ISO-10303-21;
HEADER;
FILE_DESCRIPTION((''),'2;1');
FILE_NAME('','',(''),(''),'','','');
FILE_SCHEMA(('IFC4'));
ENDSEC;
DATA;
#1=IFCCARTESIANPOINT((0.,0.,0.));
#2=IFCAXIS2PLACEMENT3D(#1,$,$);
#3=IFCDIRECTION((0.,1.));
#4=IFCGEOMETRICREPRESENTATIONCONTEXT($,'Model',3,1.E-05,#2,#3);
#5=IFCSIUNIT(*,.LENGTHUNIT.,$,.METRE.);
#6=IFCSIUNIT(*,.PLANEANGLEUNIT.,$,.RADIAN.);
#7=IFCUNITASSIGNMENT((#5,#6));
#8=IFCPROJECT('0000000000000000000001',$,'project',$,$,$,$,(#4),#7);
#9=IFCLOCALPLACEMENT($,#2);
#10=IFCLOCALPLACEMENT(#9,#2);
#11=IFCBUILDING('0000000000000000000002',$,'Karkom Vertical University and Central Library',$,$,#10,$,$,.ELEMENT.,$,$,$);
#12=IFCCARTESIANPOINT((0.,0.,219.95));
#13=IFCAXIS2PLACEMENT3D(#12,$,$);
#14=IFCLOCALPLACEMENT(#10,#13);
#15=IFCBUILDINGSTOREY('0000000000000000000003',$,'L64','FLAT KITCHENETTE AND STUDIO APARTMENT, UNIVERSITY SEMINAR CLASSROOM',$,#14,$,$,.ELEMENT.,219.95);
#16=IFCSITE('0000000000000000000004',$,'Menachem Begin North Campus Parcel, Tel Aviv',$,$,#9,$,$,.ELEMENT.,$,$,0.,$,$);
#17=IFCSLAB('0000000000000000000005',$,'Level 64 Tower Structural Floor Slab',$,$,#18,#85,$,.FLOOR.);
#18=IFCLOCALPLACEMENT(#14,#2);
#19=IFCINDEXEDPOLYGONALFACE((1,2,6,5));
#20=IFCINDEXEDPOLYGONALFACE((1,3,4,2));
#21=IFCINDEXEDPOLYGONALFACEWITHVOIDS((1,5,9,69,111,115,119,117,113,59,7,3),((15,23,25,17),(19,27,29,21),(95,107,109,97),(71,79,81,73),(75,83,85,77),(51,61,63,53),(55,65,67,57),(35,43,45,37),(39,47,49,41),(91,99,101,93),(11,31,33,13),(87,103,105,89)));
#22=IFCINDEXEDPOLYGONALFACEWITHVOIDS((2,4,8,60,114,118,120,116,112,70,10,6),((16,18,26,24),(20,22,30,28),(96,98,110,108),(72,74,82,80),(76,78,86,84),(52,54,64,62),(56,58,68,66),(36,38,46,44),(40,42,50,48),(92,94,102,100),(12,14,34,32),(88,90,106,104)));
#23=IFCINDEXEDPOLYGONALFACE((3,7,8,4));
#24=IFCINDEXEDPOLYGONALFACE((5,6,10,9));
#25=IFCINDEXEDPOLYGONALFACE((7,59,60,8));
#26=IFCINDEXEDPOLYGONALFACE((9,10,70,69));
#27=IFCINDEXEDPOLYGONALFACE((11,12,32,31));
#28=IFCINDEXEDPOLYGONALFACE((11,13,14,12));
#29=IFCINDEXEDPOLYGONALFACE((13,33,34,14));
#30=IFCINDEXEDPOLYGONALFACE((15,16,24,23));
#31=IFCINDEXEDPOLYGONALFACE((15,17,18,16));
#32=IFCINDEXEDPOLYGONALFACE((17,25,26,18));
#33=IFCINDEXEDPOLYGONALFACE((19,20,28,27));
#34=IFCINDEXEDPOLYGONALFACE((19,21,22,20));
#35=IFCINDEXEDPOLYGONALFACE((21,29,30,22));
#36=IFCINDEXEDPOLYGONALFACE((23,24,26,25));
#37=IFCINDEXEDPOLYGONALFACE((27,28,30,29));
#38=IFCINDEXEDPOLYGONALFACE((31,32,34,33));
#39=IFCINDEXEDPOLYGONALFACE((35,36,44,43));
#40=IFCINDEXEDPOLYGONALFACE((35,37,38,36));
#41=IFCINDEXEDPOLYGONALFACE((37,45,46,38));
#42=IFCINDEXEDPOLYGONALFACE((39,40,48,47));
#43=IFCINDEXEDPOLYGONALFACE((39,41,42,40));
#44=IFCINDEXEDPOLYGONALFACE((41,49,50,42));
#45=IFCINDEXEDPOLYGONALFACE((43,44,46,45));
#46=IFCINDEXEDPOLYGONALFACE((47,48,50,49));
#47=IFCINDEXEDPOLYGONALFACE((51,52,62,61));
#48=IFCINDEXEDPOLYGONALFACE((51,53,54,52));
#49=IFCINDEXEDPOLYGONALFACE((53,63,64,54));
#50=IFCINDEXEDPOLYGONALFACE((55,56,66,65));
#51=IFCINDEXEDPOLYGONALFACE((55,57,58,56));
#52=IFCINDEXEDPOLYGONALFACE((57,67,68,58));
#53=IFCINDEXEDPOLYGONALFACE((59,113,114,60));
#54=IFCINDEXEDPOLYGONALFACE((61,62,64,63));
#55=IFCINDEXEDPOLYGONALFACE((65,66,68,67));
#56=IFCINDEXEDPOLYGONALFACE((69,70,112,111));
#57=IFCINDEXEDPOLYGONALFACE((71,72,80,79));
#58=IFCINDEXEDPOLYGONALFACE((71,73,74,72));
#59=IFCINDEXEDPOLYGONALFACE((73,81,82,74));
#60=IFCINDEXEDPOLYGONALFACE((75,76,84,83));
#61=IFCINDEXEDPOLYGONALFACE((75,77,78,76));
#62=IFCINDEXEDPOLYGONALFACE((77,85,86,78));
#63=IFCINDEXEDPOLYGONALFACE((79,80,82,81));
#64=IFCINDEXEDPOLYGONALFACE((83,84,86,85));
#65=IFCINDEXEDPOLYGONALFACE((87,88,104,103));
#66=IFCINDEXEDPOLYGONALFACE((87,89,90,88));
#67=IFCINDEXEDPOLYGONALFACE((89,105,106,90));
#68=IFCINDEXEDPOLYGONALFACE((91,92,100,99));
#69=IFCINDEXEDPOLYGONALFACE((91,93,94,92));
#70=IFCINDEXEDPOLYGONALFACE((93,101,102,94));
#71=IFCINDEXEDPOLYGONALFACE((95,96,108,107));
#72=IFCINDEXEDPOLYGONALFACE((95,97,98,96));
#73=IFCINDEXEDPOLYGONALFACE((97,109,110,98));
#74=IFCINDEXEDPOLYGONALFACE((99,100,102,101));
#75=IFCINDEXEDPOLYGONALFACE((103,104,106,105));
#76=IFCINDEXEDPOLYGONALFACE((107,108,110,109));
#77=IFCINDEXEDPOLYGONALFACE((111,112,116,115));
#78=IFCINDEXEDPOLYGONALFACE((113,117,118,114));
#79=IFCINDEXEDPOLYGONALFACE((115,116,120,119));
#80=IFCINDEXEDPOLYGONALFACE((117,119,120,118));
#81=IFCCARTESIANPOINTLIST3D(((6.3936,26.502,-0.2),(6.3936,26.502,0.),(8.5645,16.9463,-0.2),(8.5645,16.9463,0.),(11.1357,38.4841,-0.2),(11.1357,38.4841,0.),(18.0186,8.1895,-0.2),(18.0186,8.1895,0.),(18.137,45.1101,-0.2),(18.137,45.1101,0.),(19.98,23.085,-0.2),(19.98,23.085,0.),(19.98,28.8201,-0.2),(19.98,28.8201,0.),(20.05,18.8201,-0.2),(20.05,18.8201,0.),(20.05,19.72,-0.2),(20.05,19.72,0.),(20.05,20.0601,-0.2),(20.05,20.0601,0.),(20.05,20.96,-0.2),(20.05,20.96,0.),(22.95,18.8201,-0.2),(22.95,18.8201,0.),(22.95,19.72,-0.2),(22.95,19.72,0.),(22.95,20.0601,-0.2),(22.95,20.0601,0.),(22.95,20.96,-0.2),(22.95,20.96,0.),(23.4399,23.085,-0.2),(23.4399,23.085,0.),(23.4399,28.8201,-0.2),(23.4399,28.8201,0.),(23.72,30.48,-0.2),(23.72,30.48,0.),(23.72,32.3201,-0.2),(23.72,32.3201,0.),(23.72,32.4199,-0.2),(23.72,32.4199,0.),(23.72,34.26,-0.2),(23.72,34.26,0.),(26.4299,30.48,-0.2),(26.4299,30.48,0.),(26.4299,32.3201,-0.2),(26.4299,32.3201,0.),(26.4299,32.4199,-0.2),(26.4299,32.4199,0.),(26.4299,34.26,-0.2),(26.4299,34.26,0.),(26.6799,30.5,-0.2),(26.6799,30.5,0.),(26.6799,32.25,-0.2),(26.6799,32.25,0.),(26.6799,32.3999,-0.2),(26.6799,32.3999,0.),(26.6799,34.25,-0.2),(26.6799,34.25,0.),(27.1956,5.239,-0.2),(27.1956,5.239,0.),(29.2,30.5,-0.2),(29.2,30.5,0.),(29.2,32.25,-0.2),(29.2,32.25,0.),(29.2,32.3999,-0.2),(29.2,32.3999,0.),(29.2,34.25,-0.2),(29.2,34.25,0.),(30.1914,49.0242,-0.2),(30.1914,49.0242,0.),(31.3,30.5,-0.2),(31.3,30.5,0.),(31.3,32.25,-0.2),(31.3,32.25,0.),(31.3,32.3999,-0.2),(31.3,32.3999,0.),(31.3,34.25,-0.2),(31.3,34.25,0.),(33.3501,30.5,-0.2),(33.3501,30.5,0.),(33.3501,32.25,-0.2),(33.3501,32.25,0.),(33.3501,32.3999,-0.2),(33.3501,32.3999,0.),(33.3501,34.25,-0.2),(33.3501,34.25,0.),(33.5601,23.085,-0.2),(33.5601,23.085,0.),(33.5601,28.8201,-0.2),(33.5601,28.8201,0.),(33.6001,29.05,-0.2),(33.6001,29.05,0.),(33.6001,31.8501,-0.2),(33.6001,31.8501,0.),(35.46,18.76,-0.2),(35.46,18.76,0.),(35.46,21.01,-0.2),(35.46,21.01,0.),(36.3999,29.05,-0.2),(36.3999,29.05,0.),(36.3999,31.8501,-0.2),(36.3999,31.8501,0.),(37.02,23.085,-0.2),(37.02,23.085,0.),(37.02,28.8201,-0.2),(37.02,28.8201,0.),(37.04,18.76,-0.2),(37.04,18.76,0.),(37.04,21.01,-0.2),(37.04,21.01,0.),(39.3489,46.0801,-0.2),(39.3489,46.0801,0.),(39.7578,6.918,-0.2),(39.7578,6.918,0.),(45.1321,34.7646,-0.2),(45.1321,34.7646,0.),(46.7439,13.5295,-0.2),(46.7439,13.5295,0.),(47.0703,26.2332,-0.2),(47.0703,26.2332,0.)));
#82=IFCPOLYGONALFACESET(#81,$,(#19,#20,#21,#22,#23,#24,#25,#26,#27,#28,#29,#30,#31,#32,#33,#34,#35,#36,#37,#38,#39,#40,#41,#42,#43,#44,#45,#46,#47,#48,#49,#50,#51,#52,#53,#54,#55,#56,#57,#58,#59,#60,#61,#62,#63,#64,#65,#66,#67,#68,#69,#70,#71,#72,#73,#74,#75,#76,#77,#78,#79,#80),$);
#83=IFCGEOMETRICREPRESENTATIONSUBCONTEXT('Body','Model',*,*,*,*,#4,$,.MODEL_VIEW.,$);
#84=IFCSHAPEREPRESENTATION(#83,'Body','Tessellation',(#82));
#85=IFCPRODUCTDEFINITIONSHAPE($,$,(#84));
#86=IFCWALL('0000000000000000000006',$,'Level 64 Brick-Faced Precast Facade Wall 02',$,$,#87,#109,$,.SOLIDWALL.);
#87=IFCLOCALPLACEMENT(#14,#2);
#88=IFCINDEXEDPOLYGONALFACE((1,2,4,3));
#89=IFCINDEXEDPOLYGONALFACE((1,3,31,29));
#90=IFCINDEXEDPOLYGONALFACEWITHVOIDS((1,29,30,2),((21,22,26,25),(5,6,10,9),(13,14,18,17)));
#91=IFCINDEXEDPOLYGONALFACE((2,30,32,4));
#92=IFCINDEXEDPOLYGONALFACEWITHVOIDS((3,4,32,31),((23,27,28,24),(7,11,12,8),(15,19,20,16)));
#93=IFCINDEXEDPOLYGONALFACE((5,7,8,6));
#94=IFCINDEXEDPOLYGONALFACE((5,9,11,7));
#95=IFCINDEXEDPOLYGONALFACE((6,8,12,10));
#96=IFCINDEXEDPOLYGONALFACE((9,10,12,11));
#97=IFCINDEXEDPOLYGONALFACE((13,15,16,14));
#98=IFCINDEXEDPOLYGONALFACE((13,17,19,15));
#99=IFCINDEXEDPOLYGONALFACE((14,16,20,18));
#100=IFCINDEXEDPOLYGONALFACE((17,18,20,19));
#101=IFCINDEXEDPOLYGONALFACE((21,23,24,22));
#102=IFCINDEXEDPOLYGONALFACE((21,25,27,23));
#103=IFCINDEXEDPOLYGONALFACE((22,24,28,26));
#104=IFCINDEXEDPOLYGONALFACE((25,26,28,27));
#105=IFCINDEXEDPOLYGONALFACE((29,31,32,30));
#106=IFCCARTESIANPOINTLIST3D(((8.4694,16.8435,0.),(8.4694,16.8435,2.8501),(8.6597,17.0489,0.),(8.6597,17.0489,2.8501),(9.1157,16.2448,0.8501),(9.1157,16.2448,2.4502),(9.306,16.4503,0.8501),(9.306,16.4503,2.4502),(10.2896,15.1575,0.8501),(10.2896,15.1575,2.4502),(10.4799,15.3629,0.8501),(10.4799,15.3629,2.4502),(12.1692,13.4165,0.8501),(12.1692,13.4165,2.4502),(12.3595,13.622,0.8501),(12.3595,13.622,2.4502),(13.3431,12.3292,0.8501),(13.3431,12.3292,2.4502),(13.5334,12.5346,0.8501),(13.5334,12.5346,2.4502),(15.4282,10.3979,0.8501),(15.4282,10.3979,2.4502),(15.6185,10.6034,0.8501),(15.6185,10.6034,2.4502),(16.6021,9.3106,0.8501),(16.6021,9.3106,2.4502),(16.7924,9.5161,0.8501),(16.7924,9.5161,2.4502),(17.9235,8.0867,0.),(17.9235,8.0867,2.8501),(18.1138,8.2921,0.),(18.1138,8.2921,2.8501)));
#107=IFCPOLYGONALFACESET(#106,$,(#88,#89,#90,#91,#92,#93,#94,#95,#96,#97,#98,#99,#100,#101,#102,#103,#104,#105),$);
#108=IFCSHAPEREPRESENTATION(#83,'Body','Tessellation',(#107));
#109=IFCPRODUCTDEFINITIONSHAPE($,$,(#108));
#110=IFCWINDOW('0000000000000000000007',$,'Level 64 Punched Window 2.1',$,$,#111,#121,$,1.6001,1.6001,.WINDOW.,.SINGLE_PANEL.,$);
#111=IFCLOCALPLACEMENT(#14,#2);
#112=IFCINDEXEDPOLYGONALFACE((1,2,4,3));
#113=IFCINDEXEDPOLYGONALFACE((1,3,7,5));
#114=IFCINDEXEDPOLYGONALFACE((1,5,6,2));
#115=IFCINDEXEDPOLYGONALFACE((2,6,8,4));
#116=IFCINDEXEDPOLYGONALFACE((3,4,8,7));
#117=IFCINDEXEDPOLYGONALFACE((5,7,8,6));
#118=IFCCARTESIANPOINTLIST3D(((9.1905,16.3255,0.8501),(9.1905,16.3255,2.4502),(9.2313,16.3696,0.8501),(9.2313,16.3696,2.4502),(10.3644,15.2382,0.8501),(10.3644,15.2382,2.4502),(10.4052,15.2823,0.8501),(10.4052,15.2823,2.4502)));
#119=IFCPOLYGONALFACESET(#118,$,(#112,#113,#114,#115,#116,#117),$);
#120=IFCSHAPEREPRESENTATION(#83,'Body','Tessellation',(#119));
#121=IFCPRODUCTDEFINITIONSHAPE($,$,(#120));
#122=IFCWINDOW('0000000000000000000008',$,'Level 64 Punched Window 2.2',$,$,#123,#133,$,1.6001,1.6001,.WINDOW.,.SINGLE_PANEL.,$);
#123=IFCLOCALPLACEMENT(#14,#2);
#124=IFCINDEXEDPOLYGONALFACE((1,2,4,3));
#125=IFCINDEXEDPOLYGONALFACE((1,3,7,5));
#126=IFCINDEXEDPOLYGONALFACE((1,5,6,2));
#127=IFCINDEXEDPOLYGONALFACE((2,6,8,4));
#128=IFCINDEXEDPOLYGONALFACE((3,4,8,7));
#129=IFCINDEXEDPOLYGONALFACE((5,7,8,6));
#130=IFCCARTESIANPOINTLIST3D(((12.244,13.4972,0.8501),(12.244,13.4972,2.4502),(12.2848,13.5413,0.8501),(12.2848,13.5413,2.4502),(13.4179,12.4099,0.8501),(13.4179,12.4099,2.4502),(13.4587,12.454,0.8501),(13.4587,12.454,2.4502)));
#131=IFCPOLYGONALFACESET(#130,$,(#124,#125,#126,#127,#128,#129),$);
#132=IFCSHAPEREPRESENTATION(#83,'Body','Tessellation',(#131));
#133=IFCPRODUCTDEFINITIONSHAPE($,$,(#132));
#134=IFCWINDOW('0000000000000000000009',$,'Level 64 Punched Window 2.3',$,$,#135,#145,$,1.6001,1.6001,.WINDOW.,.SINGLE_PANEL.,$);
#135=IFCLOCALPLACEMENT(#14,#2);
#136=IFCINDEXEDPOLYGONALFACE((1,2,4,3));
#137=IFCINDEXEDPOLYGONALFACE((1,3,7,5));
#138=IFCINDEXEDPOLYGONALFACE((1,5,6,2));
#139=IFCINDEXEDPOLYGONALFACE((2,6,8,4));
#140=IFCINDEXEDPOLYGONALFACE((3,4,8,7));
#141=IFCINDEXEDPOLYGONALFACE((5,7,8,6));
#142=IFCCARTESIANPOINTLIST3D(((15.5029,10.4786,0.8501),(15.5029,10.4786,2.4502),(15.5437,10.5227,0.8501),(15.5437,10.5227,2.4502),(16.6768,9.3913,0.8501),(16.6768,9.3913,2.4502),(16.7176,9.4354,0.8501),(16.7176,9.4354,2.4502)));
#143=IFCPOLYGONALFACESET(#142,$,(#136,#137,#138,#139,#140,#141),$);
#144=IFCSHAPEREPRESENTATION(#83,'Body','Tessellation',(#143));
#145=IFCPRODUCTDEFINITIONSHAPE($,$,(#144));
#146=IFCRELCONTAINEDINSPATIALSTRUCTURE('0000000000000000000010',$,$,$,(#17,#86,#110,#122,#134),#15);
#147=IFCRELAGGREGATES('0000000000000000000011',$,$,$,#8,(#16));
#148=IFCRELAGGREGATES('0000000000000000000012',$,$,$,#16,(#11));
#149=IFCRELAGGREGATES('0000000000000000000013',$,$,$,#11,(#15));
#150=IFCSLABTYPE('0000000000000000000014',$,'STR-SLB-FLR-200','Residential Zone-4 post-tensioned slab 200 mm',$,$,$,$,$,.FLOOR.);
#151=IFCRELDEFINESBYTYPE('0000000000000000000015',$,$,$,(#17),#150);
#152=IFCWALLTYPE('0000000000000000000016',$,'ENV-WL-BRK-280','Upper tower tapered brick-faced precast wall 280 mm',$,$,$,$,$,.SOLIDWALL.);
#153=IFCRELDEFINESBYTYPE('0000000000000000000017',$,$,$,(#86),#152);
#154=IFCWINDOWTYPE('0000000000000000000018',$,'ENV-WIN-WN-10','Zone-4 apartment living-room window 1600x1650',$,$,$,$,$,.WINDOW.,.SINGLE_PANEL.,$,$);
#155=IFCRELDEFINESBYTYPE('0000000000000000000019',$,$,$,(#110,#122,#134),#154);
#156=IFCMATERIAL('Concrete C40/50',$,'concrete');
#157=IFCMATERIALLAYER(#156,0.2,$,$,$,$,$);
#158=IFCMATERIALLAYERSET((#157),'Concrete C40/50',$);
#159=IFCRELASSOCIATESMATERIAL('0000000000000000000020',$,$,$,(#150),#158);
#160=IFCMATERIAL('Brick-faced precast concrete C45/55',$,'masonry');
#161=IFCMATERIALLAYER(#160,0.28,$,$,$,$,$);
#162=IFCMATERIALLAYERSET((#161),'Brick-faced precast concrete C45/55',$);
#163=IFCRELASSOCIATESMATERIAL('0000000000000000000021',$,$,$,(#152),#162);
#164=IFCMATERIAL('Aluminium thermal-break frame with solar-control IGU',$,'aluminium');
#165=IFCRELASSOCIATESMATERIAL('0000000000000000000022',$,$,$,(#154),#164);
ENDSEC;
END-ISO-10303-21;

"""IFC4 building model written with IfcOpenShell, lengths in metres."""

from ifc_helpers import new_model, si_unit, direction, frame, frame_2d, origin, origin_with_axes, place, context, subcontext, project, spatial, polyline, rectangle, outline, extrude, source, transform, mapped, material, layer, layer_set, type_object, element, fill, save


model = new_model("IFC4")

# Units and contexts
model_context = context("Model", 3, precision=1e-05, world=origin(), true_north=direction((0.0, 1.0)))
body_context = subcontext(model_context, "Body", "Model", "MODEL_VIEW")
ifc_project = project(units=[si_unit("LENGTHUNIT", "METRE"), si_unit("PLANEANGLEUNIT", "RADIAN")], contexts=[model_context])

# Site, building, storey
site_placement = place(None, origin())
site = spatial("IfcSite", under=ifc_project, at=site_placement, Name="Menachem Begin North Campus Parcel, Tel Aviv", CompositionType="ELEMENT", RefElevation=0.0)
building_placement = place(site_placement, origin())
building = spatial("IfcBuilding", under=site, at=building_placement, Name="Karkom Vertical University and Central Library", CompositionType="ELEMENT")
storey_placement = place(building_placement, frame((0.0, 0.0, 219.95)))
storey = spatial("IfcBuildingStorey", under=building, at=storey_placement, Name="L64", Description="FLAT KITCHENETTE AND STUDIO APARTMENT, UNIVERSITY SEMINAR CLASSROOM", CompositionType="ELEMENT", Elevation=219.95)

# Slab
ifc_material_1 = material(Name="Concrete C40/50", Category="concrete")
ifc_layer_1 = layer(ifc_material_1, 0.2)
ifc_layer_set_1 = layer_set([ifc_layer_1], Name="Concrete C40/50")
slab_type_1 = type_object("IfcSlabType", Name="STR-SLB-FLR-200", Description="Residential Zone-4 post-tensioned slab 200 mm", PredefinedType="FLOOR", material=ifc_layer_set_1)
slab_1_placement = place(storey_placement, frame((0.0, 0.0, -0.2)))
element("IfcSlab", 1, at=slab_1_placement, inside=storey, type_object=slab_type_1, Name="Level 64 Tower Structural Floor Slab", PredefinedType="FLOOR", context=body_context, shape_type="SweptSolid", body=[
    extrude(outline(polyline([(6.3936, 26.502), (8.5645, 16.9463), (18.0186, 8.1895), (27.1956, 5.239), (39.7578, 6.918), (46.7439, 13.5295), (47.0703, 26.2332), (45.1321, 34.7646), (39.3489, 46.0801), (30.1914, 49.0242), (18.137, 45.1101), (11.1357, 38.4841), (6.3936, 26.502)]), holes=[polyline([(19.98, 23.085), (23.4399, 23.085), (23.4399, 28.8201), (19.98, 28.8201), (19.98, 23.085)]), polyline([(33.5601, 23.085), (37.02, 23.085), (37.02, 28.8201), (33.5601, 28.8201), (33.5601, 23.085)]), polyline([(26.6799, 30.5), (29.2, 30.5), (29.2, 32.25), (26.6799, 32.25), (26.6799, 30.5)]), polyline([(26.6799, 32.3999), (29.2, 32.3999), (29.2, 34.25), (26.6799, 34.25), (26.6799, 32.3999)]), polyline([(31.3, 30.5), (33.3501, 30.5), (33.3501, 32.25), (31.3, 32.25), (31.3, 30.5)]), polyline([(31.3, 32.3999), (33.3501, 32.3999), (33.3501, 34.25), (31.3, 34.25), (31.3, 32.3999)]), polyline([(23.72, 30.48), (26.4299, 30.48), (26.4299, 32.3201), (23.72, 32.3201), (23.72, 30.48)]), polyline([(23.72, 32.4199), (26.4299, 32.4199), (26.4299, 34.26), (23.72, 34.26), (23.72, 32.4199)]), polyline([(33.6001, 29.05), (36.3999, 29.05), (36.3999, 31.8501), (33.6001, 31.8501), (33.6001, 29.05)]), polyline([(20.05, 18.8201), (22.95, 18.8201), (22.95, 19.72), (20.05, 19.72), (20.05, 18.8201)]), polyline([(20.05, 20.0601), (22.95, 20.0601), (22.95, 20.96), (20.05, 20.96), (20.05, 20.0601)]), polyline([(35.46, 18.76), (37.04, 18.76), (37.04, 21.01), (35.46, 21.01), (35.46, 18.76)])]), origin(), (0.0, 0.0, 1.0), 0.2),
])

# Wall, openings, windows
ifc_material_2 = material(Name="Brick-faced precast concrete C45/55", Category="masonry")
ifc_layer_2 = layer(ifc_material_2, 0.28)
ifc_layer_set_2 = layer_set([ifc_layer_2], Name="Brick-faced precast concrete C45/55")
wall_type_1 = type_object("IfcWallType", Name="ENV-WL-BRK-280", Description="Upper tower tapered brick-faced precast wall 280 mm", PredefinedType="SOLIDWALL", material=ifc_layer_set_2)
wall_1_placement = place(storey_placement, frame((8.5645, 16.9463, 0.0), z_axis=(0.0, 0.0, 1.0), x_axis=(0.733643, -0.679535, 0.0)))
wall_1 = element("IfcWall", 2, at=wall_1_placement, inside=storey, type_object=wall_type_1, Name="Level 64 Brick-Faced Precast Facade Wall 02", PredefinedType="SOLIDWALL", context=body_context, shape_type="SweptSolid", body=[
    extrude(rectangle(XDim=12.8865, YDim=0.28, at=frame_2d((6.4434, 0.0))), origin(), (0.0, 0.0, 1.0), 2.8501),
])
opening_1_placement = place(wall_1_placement, frame((0.8811, 0.0, 0.8501)))
opening_1 = element("IfcOpeningElement", 3, at=opening_1_placement, cuts=wall_1, PredefinedType="OPENING", context=body_context, shape_type="SweptSolid", body=[
    extrude(rectangle(XDim=1.6001, YDim=1.6001, at=frame_2d((0.8, 0.8))), frame((0.0, 0.1499, 0.0), z_axis=(0.0, -1.0, 0.0), x_axis=(1.0, 0.0, 0.0)), (0.0, 0.0, 1.0), 0.3),
])
opening_2_placement = place(wall_1_placement, frame((5.0432, 0.0, 0.8501)))
opening_2 = element("IfcOpeningElement", 4, at=opening_2_placement, cuts=wall_1, PredefinedType="OPENING", context=body_context, shape_type="SweptSolid", body=[
    extrude(rectangle(XDim=1.6001, YDim=1.6001, at=frame_2d((0.8, 0.8))), frame((0.0, 0.1499, 0.0), z_axis=(0.0, -1.0, 0.0), x_axis=(1.0, 0.0, 0.0)), (0.0, 0.0, 1.0), 0.3),
])
opening_3_placement = place(wall_1_placement, frame((9.4854, 0.0, 0.8501)))
opening_3 = element("IfcOpeningElement", 5, at=opening_3_placement, cuts=wall_1, PredefinedType="OPENING", context=body_context, shape_type="SweptSolid", body=[
    extrude(rectangle(XDim=1.6001, YDim=1.6001, at=frame_2d((0.8, 0.8))), frame((0.0, 0.1499, 0.0), z_axis=(0.0, -1.0, 0.0), x_axis=(1.0, 0.0, 0.0)), (0.0, 0.0, 1.0), 0.3),
])
ifc_material_3 = material(Name="Aluminium thermal-break frame with solar-control IGU", Category="aluminium")
window_type = type_object("IfcWindowType", Name="ENV-WIN-WN-10", Description="Zone-4 apartment living-room window 1600x1650", PartitioningType="SINGLE_PANEL", PredefinedType="WINDOW", material=ifc_material_3)
shared_shape_1 = source(origin_with_axes(), body_context, "Body", "SweptSolid", [
    extrude(rectangle(XDim=1.6001, YDim=1.6001, at=frame_2d((0.8, 0.8))), frame((0.0, 0.03, 0.0), z_axis=(0.0, -1.0, 0.0), x_axis=(1.0, 0.0, 0.0)), (0.0, 0.0, 1.0), 0.0601),
])
window_1_placement = place(opening_1_placement, origin())
window_1 = element("IfcWindow", 6, at=window_1_placement, inside=storey, type_object=window_type, Name="Level 64 Punched Window 2.1", OverallHeight=1.6001, OverallWidth=1.6001, PartitioningType="SINGLE_PANEL", PredefinedType="WINDOW", context=body_context, shape_type="MappedRepresentation", body=[
    mapped(shared_shape_1, transform((0.0, 0.0, 0.0), scale=1.0)),
])
fill(opening_1, window_1)
window_2_placement = place(opening_2_placement, origin())
window_2 = element("IfcWindow", 7, at=window_2_placement, inside=storey, type_object=window_type, Name="Level 64 Punched Window 2.2", OverallHeight=1.6001, OverallWidth=1.6001, PartitioningType="SINGLE_PANEL", PredefinedType="WINDOW", context=body_context, shape_type="MappedRepresentation", body=[
    mapped(shared_shape_1, transform((0.0, 0.0, 0.0), scale=1.0)),
])
fill(opening_2, window_2)
window_3_placement = place(opening_3_placement, origin())
window_3 = element("IfcWindow", 8, at=window_3_placement, inside=storey, type_object=window_type, Name="Level 64 Punched Window 2.3", OverallHeight=1.6001, OverallWidth=1.6001, PartitioningType="SINGLE_PANEL", PredefinedType="WINDOW", context=body_context, shape_type="MappedRepresentation", body=[
    mapped(shared_shape_1, transform((0.0, 0.0, 0.0), scale=1.0)),
])
fill(opening_3, window_3)

save(model, "model.ifc")
